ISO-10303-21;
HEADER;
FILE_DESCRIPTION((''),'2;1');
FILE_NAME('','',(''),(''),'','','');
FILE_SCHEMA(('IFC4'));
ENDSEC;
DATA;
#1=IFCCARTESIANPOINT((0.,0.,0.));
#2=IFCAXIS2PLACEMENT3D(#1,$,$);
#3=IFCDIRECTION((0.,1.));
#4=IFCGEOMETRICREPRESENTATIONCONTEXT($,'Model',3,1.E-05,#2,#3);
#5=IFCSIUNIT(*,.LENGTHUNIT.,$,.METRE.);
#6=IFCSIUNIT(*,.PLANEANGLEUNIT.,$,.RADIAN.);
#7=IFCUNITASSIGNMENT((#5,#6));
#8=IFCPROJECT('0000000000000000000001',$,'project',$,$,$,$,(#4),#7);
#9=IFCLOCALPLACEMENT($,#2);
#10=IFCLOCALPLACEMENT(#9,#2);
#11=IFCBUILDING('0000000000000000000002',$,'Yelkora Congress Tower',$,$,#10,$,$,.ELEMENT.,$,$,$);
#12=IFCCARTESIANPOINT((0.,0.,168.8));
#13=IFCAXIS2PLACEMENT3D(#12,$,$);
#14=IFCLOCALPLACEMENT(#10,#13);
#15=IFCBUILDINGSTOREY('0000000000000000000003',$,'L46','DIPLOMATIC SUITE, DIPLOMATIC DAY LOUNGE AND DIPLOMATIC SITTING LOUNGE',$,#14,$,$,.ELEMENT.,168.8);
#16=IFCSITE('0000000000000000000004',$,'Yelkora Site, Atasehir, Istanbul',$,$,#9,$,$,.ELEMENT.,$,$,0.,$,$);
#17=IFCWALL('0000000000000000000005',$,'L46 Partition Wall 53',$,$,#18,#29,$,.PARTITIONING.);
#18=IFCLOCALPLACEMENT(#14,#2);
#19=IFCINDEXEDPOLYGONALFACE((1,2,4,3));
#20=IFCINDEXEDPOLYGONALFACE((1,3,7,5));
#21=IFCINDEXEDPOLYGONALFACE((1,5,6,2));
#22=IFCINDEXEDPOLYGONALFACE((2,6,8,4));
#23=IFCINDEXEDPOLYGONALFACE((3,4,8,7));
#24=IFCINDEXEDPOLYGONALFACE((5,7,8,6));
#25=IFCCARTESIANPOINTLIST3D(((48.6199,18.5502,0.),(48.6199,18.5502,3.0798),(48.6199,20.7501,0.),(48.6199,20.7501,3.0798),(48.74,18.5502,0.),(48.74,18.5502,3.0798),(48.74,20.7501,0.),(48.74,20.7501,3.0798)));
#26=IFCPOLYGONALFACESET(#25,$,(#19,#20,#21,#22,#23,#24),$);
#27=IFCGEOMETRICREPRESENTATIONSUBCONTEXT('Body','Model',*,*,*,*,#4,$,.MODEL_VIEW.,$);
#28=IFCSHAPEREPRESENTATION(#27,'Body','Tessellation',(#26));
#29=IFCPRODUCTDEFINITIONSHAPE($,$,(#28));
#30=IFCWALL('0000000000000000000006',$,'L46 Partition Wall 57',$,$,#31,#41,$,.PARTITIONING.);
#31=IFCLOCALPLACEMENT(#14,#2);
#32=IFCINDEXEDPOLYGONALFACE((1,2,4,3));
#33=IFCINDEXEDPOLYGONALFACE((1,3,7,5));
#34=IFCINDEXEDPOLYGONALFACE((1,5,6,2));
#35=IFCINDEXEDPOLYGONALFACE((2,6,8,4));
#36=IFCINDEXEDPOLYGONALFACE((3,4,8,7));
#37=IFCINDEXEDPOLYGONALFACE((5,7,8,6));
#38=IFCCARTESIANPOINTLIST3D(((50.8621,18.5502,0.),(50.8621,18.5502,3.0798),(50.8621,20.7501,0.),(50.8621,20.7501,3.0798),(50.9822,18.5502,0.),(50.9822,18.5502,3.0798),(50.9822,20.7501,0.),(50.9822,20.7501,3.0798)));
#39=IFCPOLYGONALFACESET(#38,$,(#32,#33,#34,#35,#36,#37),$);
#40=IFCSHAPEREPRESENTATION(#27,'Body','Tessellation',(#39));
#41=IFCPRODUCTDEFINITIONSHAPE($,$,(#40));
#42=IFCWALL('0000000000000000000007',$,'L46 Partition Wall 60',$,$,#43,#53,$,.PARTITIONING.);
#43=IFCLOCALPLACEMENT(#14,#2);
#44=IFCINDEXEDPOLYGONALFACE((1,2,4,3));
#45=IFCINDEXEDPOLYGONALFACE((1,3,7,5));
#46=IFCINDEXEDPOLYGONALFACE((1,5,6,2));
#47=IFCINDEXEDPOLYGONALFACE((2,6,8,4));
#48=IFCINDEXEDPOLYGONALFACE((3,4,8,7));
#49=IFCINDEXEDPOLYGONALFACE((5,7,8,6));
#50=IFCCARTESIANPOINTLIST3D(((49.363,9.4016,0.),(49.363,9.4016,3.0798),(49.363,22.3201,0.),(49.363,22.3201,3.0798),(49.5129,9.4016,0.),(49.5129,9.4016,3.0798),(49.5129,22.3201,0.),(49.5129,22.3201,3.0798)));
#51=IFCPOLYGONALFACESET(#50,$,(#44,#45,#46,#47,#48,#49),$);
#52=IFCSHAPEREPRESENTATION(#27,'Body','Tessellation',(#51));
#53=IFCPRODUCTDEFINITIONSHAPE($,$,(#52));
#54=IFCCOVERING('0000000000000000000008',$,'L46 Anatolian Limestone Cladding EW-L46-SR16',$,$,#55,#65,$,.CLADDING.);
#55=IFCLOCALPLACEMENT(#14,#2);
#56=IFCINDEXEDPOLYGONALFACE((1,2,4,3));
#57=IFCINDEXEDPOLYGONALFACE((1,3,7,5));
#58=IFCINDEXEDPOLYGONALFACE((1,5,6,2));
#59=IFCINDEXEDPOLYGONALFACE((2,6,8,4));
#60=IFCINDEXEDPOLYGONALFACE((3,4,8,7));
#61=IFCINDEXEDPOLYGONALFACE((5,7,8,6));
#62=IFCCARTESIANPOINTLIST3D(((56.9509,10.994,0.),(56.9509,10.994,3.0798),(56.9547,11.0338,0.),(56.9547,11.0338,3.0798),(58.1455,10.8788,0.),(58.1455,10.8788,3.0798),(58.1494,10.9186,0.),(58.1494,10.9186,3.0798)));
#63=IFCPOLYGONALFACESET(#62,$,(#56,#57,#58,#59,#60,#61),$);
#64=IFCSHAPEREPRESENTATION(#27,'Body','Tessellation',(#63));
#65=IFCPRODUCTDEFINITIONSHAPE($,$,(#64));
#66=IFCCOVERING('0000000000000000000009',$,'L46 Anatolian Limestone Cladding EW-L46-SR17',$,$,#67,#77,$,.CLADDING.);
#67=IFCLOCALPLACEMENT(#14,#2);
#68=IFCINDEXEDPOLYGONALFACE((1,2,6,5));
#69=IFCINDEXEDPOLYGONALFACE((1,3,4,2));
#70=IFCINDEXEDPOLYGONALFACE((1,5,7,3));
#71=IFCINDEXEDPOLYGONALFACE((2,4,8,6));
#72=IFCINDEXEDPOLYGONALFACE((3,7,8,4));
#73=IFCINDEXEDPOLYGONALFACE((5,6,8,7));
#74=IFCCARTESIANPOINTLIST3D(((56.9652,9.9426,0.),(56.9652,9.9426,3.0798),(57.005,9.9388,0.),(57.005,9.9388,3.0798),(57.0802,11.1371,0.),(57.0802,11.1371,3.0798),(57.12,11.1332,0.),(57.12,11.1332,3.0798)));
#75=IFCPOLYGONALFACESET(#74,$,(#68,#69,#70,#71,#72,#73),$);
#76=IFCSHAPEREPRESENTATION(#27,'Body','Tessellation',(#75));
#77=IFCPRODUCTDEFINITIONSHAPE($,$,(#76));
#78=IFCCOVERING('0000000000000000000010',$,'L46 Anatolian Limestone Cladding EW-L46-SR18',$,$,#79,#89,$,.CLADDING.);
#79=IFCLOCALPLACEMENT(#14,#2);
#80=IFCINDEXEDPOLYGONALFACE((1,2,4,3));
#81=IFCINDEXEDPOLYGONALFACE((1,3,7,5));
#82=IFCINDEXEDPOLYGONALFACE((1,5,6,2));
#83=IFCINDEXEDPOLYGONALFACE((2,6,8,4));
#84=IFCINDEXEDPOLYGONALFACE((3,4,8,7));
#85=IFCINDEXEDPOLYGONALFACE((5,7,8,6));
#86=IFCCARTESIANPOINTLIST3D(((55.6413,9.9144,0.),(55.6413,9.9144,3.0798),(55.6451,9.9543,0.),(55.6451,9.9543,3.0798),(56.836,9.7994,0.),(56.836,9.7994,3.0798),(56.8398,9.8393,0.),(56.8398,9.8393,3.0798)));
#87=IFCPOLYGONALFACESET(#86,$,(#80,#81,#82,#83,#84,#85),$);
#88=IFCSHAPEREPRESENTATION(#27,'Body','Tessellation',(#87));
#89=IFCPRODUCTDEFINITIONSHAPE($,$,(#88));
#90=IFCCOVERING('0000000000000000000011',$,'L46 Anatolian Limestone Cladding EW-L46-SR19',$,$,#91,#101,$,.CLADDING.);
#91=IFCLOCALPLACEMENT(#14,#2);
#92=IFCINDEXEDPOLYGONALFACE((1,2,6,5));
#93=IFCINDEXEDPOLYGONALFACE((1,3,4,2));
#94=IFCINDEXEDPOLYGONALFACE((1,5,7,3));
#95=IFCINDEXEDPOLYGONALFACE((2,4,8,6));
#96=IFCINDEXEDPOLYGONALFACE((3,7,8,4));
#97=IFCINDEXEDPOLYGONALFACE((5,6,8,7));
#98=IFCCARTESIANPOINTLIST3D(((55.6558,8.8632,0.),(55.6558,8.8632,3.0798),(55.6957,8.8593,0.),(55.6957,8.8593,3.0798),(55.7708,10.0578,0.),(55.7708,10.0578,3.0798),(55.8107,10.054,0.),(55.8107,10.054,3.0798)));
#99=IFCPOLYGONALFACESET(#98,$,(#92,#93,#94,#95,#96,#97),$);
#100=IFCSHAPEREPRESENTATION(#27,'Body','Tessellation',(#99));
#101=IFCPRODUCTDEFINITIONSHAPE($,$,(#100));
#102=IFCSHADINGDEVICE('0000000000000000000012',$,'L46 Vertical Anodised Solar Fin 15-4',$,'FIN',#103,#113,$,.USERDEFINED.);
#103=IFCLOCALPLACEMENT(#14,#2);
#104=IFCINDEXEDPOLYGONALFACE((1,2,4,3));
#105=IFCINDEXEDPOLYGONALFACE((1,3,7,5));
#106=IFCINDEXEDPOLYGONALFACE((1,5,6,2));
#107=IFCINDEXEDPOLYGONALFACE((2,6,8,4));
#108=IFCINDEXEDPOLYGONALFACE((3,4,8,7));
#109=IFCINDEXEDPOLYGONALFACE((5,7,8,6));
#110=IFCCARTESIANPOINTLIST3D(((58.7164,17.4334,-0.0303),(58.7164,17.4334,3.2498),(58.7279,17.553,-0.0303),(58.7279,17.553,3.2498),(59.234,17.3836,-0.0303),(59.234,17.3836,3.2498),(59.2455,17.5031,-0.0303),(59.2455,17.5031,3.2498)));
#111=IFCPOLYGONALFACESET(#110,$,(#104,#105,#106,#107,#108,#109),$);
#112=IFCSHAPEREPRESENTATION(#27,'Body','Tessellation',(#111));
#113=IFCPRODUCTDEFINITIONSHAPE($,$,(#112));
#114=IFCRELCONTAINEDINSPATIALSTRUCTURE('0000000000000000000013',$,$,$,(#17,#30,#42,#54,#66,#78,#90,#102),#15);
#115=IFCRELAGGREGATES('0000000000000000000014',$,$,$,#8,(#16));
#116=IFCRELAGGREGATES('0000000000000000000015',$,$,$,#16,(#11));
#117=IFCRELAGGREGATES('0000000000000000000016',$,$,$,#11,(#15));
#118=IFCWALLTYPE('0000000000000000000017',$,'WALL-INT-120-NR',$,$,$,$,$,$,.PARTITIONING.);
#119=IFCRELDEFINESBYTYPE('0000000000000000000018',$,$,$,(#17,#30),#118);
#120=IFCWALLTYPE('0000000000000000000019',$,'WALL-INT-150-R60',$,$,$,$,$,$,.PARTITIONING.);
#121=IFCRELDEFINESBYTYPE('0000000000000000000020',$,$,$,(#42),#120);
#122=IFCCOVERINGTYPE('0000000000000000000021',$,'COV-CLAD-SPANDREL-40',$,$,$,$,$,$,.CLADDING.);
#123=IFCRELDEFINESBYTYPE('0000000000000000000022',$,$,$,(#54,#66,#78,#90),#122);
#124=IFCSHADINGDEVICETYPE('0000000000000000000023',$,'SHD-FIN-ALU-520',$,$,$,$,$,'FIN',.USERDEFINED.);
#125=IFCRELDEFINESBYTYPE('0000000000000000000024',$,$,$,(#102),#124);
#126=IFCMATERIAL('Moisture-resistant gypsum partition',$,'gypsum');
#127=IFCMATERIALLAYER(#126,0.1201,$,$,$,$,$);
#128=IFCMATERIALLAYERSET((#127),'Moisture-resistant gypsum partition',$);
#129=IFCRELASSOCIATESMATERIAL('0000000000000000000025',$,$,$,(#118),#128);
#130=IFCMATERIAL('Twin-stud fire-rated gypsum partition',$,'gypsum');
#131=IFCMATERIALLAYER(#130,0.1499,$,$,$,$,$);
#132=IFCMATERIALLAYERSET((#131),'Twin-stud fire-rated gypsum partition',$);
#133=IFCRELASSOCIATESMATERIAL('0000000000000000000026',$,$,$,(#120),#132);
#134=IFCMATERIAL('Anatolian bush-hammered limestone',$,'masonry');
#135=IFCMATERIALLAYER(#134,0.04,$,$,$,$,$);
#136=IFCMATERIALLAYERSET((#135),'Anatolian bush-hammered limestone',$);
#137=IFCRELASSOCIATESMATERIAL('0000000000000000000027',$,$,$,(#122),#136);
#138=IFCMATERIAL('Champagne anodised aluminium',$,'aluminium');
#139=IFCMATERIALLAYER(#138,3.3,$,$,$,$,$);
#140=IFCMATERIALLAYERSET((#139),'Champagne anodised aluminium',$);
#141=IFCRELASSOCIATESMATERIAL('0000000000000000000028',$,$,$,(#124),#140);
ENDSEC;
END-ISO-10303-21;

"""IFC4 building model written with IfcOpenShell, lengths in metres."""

from ifc_helpers import new_model, si_unit, direction, frame, frame_2d, origin, origin_2d, place, context, subcontext, project, spatial, rectangle, extrude, material, layer, layer_set, type_object, element, save


model = new_model("IFC4")

# Units and contexts
model_context = context("Model", 3, precision=1e-05, world=origin(), true_north=direction((0.0, 1.0)))
body_context = subcontext(model_context, "Body", "Model", "MODEL_VIEW")
ifc_project = project(units=[si_unit("LENGTHUNIT", "METRE"), si_unit("PLANEANGLEUNIT", "RADIAN")], contexts=[model_context])

# Site, building, storey
site_placement = place(None, origin())
site = spatial("IfcSite", under=ifc_project, at=site_placement, Name="Yelkora Site, Atasehir, Istanbul", CompositionType="ELEMENT", RefElevation=0.0)
building_placement = place(site_placement, origin())
building = spatial("IfcBuilding", under=site, at=building_placement, Name="Yelkora Congress Tower", CompositionType="ELEMENT")
storey_placement = place(building_placement, frame((0.0, 0.0, 168.8)))
storey = spatial("IfcBuildingStorey", under=building, at=storey_placement, Name="L46", Description="DIPLOMATIC SUITE, DIPLOMATIC DAY LOUNGE AND DIPLOMATIC SITTING LOUNGE", CompositionType="ELEMENT", Elevation=168.8)

# Walls
ifc_material_1 = material(Name="Moisture-resistant gypsum partition", Category="gypsum")
ifc_layer_1 = layer(ifc_material_1, 0.1201)
ifc_layer_set_1 = layer_set([ifc_layer_1], Name="Moisture-resistant gypsum partition")
wall_type_1 = type_object("IfcWallType", Name="WALL-INT-120-NR", PredefinedType="PARTITIONING", material=ifc_layer_set_1)
for number, where, z_axis, x_axis, name in (
    (1, (48.6799, 18.55, 0.0), (0.0, 0.0, 1.0), (0.0, 1.0, 0.0), "L46 Partition Wall 53"),
    (2, (50.9221, 18.55, 0.0), (0.0, 0.0, 1.0), (0.0, 1.0, 0.0), "L46 Partition Wall 57"),
):
    element("IfcWall", number, at=place(storey_placement, frame(where, z_axis=z_axis, x_axis=x_axis)), inside=storey, type_object=wall_type_1, Name=name, PredefinedType="PARTITIONING", context=body_context, shape_type="SweptSolid", body=[
        extrude(rectangle(XDim=2.2, YDim=0.1201, at=frame_2d((1.1001, 0.0))), origin(), (0.0, 0.0, 1.0), 3.0798),
    ])
ifc_material_2 = material(Name="Twin-stud fire-rated gypsum partition", Category="gypsum")
ifc_layer_2 = layer(ifc_material_2, 0.1499)
ifc_layer_set_2 = layer_set([ifc_layer_2], Name="Twin-stud fire-rated gypsum partition")
wall_type_2 = type_object("IfcWallType", Name="WALL-INT-150-R60", PredefinedType="PARTITIONING", material=ifc_layer_set_2)
wall_1_placement = place(storey_placement, frame((49.438, 9.4016, 0.0), z_axis=(0.0, 0.0, 1.0), x_axis=(0.0, 1.0, 0.0)))
element("IfcWall", 3, at=wall_1_placement, inside=storey, type_object=wall_type_2, Name="L46 Partition Wall 60", PredefinedType="PARTITIONING", context=body_context, shape_type="SweptSolid", body=[
    extrude(rectangle(XDim=12.9185, YDim=0.1499, at=frame_2d((6.4592, 0.0))), origin(), (0.0, 0.0, 1.0), 3.0798),
])

# Coverings
ifc_material_3 = material(Name="Anatolian bush-hammered limestone", Category="masonry")
ifc_layer_3 = layer(ifc_material_3, 0.04)
ifc_layer_set_3 = layer_set([ifc_layer_3], Name="Anatolian bush-hammered limestone")
covering_type = type_object("IfcCoveringType", Name="COV-CLAD-SPANDREL-40", PredefinedType="CLADDING", material=ifc_layer_set_3)
covering_1_placement = place(storey_placement, frame((58.1475, 10.8987, 0.0), z_axis=(0.0, 0.0, 1.0), x_axis=(-0.99538, 0.096019, 0.0)))
element("IfcCovering", 4, at=covering_1_placement, inside=storey, type_object=covering_type, Name="L46 Anatolian Limestone Cladding EW-L46-SR16", PredefinedType="CLADDING", context=body_context, shape_type="SweptSolid", body=[
    extrude(rectangle(XDim=1.2002, YDim=0.04, at=frame_2d((0.6001, 0.0))), origin(), (0.0, 0.0, 1.0), 3.0798),
])
covering_2_placement = place(storey_placement, frame((57.1001, 11.1353, 0.0), z_axis=(0.0, 0.0, 1.0), x_axis=(-0.095836, -0.995397, 0.0)))
element("IfcCovering", 5, at=covering_2_placement, inside=storey, type_object=covering_type, Name="L46 Anatolian Limestone Cladding EW-L46-SR17", PredefinedType="CLADDING", context=body_context, shape_type="SweptSolid", body=[
    extrude(rectangle(XDim=1.2, YDim=0.04, at=frame_2d((0.6001, 0.0))), origin(), (0.0, 0.0, 1.0), 3.0798),
])
for number, where, z_axis, x_axis, name in (
    (6, (56.8379, 9.8193, 0.0), (0.0, 0.0, 1.0), (-0.995399, 0.095817, 0.0), "L46 Anatolian Limestone Cladding EW-L46-SR18"),
    (7, (55.7908, 10.0559, 0.0), (0.0, 0.0, 1.0), (-0.095817, -0.995399, 0.0), "L46 Anatolian Limestone Cladding EW-L46-SR19"),
):
    element("IfcCovering", number, at=place(storey_placement, frame(where, z_axis=z_axis, x_axis=x_axis)), inside=storey, type_object=covering_type, Name=name, PredefinedType="CLADDING", context=body_context, shape_type="SweptSolid", body=[
        extrude(rectangle(XDim=1.2002, YDim=0.04, at=frame_2d((0.6001, 0.0))), origin(), (0.0, 0.0, 1.0), 3.0798),
    ])

# Shading device
ifc_material_4 = material(Name="Champagne anodised aluminium", Category="aluminium")
ifc_layer_4 = layer(ifc_material_4, 3.3)
ifc_layer_set_4 = layer_set([ifc_layer_4], Name="Champagne anodised aluminium")
shading_device_type = type_object("IfcShadingDeviceType", Name="SHD-FIN-ALU-520", ElementType="FIN", PredefinedType="USERDEFINED", material=ifc_layer_set_4)
shading_device_placement = place(storey_placement, frame((58.981, 17.4683, -0.0303), z_axis=(0.0, 0.0, 1.0), x_axis=(-0.095846, -0.995396, 0.0)))
element("IfcShadingDevice", 8, at=shading_device_placement, inside=storey, type_object=shading_device_type, Name="L46 Vertical Anodised Solar Fin 15-4", ObjectType="FIN", PredefinedType="USERDEFINED", context=body_context, shape_type="SweptSolid", body=[
    extrude(rectangle(XDim=0.1201, YDim=0.52, at=origin_2d()), origin(), (0.0, 0.0, 1.0), 3.28),
])

save(model, "model.ifc")
